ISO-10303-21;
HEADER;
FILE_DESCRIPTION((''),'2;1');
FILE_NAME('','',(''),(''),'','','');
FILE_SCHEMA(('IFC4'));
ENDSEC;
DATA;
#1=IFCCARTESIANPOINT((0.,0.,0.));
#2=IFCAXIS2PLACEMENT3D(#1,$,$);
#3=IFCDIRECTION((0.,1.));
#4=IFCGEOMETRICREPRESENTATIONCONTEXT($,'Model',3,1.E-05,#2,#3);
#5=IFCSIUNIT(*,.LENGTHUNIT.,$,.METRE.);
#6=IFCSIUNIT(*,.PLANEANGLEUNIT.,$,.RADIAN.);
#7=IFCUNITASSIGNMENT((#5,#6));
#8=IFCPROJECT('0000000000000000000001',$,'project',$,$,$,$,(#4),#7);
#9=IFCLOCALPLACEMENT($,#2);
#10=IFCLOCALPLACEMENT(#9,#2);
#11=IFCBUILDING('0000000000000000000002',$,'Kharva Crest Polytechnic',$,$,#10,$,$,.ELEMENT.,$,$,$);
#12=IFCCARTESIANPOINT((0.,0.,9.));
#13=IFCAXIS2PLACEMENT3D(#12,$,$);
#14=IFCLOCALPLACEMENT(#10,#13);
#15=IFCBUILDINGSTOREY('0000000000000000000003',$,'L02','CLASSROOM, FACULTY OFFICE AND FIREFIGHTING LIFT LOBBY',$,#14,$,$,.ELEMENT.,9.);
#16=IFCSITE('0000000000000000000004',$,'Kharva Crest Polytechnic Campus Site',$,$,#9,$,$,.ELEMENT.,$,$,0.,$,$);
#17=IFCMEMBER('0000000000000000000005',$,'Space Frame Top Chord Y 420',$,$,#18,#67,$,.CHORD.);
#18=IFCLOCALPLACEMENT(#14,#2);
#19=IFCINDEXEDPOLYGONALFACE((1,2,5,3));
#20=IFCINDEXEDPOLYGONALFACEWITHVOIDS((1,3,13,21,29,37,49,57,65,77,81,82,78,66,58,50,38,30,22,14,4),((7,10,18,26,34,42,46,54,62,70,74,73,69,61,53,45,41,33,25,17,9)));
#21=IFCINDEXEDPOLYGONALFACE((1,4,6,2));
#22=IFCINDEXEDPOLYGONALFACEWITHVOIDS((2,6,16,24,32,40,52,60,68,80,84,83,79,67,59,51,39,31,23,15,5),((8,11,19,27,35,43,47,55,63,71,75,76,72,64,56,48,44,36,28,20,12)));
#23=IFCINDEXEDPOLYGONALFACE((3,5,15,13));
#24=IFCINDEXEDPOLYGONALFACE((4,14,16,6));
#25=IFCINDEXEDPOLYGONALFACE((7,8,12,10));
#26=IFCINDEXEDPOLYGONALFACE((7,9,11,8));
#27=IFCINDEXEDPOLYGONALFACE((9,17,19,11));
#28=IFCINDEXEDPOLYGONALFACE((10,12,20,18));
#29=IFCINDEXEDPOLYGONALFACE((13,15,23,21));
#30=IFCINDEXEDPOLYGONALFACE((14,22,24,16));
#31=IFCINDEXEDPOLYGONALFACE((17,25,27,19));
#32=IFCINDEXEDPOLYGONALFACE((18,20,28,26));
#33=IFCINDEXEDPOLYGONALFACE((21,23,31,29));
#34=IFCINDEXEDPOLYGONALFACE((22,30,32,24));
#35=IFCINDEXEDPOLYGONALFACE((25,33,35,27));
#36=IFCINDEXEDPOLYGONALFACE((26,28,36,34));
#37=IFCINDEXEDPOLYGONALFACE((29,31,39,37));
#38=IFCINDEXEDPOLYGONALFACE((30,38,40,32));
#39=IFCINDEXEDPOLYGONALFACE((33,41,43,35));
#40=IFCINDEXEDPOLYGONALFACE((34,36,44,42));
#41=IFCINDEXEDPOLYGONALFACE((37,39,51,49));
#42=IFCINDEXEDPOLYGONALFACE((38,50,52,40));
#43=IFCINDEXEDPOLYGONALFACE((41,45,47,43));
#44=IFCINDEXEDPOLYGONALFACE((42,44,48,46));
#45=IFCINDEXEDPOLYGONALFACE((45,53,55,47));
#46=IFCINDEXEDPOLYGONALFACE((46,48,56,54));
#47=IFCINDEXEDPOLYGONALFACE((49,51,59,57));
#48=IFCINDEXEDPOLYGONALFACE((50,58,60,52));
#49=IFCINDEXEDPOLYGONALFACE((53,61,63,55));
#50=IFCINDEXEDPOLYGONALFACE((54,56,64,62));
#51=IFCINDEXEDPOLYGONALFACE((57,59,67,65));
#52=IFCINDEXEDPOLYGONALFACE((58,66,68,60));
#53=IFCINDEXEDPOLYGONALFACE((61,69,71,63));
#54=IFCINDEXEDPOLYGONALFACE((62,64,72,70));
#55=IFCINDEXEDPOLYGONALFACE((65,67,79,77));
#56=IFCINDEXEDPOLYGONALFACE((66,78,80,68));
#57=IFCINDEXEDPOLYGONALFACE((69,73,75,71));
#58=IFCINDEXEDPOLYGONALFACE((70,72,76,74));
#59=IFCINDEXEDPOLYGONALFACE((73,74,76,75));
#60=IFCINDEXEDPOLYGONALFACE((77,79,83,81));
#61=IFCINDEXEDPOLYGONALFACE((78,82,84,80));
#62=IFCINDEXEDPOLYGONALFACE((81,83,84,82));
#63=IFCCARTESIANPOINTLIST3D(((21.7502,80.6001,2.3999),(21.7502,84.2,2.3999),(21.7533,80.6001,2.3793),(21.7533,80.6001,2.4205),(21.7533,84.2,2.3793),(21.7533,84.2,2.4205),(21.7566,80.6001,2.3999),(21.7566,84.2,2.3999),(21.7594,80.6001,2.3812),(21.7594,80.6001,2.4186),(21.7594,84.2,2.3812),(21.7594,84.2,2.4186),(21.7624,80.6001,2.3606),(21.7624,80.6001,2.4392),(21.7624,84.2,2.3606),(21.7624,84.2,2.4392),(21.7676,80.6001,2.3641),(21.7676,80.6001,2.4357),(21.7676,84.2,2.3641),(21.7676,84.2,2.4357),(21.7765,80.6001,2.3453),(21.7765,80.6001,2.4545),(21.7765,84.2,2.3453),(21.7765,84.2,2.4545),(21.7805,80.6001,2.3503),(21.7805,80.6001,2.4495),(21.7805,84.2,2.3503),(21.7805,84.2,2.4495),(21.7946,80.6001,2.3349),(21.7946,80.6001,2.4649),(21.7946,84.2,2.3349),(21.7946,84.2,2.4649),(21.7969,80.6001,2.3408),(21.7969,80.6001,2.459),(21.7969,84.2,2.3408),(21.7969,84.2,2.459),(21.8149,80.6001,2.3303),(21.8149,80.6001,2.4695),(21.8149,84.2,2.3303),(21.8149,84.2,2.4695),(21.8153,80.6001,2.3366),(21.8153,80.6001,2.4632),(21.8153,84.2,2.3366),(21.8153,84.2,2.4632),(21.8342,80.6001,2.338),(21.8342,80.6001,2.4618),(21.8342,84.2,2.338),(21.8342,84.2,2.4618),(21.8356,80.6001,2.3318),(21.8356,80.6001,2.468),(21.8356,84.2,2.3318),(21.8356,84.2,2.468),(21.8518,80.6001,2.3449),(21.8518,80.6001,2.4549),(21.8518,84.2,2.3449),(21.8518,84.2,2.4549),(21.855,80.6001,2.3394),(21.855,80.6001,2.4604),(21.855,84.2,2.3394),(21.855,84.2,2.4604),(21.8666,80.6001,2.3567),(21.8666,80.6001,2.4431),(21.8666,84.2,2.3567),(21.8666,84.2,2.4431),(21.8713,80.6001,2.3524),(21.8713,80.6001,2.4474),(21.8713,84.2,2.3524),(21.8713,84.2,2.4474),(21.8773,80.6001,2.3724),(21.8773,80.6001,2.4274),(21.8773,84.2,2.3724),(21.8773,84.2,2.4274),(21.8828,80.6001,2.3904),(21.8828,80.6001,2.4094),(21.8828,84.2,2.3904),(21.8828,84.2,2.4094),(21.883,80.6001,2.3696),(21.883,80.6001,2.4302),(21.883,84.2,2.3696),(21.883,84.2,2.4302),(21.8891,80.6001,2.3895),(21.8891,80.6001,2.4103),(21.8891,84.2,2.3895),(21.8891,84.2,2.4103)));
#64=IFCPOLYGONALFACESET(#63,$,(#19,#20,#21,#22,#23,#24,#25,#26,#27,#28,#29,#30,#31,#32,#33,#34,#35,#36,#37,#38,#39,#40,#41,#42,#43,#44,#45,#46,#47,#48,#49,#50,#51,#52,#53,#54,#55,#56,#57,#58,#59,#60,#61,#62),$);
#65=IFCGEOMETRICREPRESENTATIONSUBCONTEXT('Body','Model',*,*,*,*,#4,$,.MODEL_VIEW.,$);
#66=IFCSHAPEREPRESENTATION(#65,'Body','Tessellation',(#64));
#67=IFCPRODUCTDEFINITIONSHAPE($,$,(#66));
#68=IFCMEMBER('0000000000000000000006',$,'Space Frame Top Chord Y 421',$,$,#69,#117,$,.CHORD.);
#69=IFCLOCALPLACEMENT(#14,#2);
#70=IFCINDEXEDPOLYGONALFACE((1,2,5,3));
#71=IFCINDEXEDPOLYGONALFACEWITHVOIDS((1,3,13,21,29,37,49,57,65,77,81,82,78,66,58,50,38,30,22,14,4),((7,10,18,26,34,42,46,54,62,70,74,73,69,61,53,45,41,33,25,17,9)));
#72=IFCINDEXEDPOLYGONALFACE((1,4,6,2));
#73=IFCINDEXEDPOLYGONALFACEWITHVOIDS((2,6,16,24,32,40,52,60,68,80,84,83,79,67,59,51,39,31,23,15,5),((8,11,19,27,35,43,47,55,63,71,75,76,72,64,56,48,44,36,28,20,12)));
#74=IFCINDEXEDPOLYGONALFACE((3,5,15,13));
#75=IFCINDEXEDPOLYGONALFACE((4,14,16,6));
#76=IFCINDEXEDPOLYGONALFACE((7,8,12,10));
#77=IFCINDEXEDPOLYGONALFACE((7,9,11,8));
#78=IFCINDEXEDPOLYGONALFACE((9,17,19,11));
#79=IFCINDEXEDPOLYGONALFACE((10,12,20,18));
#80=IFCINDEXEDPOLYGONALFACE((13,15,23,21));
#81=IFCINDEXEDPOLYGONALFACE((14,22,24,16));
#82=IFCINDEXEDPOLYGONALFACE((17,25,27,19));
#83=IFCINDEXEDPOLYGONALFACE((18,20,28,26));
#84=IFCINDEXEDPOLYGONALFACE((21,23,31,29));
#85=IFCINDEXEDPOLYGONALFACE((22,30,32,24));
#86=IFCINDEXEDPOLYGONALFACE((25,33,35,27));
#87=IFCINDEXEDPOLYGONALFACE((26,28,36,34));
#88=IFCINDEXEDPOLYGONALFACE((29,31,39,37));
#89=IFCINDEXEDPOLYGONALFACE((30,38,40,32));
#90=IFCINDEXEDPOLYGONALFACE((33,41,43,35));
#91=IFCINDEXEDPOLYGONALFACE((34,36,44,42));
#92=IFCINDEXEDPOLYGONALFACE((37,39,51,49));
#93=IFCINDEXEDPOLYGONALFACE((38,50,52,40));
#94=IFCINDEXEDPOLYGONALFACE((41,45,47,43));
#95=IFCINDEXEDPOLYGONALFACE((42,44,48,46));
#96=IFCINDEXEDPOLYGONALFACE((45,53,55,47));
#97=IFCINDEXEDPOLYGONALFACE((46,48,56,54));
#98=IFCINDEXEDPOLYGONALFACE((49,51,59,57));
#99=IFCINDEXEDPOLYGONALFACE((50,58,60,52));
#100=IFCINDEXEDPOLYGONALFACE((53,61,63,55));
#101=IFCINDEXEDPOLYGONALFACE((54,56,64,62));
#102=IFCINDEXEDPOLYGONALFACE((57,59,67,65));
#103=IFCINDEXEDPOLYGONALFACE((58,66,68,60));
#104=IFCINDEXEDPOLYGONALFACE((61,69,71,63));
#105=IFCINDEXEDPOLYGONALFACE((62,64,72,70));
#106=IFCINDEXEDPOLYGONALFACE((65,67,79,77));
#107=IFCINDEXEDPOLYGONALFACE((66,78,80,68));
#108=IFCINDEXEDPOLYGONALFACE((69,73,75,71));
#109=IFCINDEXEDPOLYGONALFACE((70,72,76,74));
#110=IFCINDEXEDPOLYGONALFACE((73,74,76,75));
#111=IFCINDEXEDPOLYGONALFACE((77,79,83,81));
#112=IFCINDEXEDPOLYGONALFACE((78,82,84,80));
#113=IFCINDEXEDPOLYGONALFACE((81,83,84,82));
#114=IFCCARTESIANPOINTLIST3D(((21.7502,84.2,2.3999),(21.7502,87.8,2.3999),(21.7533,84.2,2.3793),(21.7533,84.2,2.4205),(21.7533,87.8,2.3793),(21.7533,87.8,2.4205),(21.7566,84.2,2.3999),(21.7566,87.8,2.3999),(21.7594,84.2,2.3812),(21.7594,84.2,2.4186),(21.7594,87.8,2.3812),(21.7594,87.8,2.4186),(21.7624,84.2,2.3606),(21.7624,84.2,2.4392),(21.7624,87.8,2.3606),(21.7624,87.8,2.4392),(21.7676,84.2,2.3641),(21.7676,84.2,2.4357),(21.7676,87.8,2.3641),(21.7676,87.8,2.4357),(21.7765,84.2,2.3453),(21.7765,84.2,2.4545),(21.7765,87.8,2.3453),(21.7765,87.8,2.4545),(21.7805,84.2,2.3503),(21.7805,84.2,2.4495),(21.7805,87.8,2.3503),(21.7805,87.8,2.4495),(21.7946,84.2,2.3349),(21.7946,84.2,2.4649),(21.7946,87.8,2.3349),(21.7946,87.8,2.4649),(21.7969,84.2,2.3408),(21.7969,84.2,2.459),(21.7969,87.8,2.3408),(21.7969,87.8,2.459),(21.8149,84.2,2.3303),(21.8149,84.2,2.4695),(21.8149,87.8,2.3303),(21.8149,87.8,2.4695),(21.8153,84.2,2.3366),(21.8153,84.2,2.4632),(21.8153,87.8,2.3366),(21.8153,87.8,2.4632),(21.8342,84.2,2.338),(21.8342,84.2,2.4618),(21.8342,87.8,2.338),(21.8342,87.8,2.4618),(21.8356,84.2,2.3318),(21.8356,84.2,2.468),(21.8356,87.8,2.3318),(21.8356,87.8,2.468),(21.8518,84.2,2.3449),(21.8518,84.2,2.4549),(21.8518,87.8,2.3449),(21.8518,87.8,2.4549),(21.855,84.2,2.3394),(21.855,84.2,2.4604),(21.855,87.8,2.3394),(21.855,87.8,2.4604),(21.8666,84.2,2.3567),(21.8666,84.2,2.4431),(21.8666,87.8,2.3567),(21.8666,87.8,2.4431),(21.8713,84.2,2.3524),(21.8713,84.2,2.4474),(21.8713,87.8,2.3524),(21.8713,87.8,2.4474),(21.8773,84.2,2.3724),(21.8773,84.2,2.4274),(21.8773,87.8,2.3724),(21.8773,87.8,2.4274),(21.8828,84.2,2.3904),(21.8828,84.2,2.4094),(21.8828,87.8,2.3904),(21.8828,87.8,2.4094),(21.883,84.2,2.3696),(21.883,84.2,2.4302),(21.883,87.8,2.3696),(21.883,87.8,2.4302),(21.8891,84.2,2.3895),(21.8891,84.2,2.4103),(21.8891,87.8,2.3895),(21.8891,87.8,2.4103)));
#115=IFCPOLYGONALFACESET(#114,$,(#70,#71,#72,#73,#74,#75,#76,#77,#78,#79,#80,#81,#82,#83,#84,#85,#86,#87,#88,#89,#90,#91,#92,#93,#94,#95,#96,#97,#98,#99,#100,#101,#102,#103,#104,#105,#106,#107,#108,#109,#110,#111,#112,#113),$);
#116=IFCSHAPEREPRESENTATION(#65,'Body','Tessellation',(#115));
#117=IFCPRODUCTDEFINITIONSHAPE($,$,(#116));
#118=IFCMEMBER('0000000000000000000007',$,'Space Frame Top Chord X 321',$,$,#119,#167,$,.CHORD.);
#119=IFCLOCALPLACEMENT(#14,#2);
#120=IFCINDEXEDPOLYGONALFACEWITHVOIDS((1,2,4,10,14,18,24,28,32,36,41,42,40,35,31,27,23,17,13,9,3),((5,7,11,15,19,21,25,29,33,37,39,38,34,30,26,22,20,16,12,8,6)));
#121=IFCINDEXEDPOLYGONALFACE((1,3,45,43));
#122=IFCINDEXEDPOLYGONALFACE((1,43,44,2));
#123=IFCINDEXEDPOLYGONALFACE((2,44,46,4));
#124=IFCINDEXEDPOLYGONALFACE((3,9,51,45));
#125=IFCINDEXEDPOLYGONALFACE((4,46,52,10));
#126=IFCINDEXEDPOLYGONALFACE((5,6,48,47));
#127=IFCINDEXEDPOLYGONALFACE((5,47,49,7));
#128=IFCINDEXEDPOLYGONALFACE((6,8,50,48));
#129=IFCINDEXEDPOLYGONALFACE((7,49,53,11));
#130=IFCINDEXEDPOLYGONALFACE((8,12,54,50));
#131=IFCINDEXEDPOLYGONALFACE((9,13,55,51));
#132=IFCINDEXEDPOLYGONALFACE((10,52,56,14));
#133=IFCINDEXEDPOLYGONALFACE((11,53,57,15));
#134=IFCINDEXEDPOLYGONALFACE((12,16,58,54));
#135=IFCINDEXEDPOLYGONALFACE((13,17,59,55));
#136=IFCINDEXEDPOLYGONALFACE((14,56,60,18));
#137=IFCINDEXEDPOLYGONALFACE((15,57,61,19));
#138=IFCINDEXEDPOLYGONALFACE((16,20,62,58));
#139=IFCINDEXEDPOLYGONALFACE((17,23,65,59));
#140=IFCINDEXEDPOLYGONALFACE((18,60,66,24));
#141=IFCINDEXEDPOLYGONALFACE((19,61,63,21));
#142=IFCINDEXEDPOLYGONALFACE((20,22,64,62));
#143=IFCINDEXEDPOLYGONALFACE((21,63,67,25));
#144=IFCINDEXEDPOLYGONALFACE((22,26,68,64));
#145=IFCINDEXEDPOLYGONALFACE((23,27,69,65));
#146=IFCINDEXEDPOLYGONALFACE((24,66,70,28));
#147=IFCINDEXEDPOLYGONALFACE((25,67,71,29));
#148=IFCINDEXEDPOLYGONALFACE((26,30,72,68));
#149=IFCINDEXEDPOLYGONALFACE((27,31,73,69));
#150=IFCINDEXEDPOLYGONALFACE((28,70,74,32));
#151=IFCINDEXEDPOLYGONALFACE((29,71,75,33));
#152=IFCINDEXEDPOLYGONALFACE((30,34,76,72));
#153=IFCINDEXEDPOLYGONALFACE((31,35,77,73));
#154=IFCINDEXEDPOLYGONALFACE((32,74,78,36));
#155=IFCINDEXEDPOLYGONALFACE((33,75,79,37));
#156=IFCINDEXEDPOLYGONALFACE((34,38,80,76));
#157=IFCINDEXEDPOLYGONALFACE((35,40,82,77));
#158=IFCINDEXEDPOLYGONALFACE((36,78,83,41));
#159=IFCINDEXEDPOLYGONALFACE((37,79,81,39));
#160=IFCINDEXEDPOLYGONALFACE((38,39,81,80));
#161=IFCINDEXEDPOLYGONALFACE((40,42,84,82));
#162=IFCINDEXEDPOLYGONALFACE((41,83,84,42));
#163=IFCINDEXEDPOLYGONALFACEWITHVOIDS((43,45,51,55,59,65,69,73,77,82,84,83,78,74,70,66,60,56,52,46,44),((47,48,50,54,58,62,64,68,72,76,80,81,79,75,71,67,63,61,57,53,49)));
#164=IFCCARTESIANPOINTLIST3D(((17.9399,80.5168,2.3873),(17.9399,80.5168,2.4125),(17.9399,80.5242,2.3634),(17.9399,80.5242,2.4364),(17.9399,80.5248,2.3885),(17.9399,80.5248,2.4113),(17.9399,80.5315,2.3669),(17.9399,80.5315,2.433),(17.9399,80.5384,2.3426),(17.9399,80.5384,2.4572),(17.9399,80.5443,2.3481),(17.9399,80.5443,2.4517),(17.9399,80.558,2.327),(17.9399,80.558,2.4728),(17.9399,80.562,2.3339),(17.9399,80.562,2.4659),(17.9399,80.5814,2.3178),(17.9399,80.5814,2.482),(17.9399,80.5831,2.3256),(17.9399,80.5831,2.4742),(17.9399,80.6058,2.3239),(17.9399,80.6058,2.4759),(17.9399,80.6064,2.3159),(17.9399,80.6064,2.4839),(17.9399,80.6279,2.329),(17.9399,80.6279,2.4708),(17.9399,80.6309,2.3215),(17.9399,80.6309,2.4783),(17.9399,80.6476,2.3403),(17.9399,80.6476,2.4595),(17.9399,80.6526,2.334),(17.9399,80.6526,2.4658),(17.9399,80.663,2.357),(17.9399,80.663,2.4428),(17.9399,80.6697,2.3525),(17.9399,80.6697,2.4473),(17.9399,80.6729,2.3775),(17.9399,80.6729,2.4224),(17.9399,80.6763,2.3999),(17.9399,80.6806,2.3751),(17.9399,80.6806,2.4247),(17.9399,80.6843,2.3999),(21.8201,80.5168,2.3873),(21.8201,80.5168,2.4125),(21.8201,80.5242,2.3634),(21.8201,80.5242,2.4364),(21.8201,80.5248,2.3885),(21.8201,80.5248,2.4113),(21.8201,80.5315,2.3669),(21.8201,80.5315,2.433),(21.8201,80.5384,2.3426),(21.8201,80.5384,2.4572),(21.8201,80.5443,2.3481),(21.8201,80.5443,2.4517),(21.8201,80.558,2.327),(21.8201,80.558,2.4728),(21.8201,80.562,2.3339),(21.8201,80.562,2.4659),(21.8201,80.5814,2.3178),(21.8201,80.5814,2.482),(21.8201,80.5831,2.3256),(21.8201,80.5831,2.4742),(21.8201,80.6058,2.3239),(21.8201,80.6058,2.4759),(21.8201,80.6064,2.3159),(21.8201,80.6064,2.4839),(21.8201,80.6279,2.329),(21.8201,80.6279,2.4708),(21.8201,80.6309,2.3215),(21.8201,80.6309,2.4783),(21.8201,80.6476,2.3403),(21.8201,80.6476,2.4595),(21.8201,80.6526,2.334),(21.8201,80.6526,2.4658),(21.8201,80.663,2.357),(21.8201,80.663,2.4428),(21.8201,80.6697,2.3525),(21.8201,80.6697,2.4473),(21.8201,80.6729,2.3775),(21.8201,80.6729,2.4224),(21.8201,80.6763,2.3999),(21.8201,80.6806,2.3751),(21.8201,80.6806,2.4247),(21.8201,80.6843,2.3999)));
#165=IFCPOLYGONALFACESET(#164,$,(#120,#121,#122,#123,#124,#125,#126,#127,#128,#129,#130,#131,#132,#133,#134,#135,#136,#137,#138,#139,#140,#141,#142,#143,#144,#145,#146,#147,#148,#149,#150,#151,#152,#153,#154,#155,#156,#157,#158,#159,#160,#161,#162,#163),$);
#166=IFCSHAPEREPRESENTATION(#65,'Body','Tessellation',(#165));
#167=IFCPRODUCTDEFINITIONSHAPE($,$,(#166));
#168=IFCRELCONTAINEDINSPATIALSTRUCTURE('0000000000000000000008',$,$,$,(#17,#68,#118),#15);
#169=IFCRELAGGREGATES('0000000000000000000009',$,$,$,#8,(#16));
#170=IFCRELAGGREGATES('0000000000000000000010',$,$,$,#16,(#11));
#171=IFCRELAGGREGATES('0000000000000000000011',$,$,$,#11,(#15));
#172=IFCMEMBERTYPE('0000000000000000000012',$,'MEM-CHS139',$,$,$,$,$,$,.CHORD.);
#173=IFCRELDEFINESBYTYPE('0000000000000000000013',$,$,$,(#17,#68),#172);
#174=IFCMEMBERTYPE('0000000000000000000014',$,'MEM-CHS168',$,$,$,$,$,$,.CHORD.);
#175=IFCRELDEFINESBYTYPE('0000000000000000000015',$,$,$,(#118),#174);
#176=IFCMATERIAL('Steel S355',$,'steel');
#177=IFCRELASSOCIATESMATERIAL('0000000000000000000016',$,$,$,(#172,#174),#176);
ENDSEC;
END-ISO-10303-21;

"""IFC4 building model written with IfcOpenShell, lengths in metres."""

from ifc_helpers import new_model, si_unit, direction, frame, origin, origin_2d, place, context, subcontext, project, spatial, hollow_circle, extrude, material, material_profile, profile_set, type_object, element, save


model = new_model("IFC4")

# Units and contexts
model_context = context("Model", 3, precision=1e-05, world=origin(), true_north=direction((0.0, 1.0)))
body_context = subcontext(model_context, "Body", "Model", "MODEL_VIEW")
ifc_project = project(units=[si_unit("LENGTHUNIT", "METRE"), si_unit("PLANEANGLEUNIT", "RADIAN")], contexts=[model_context])

# Site, building, storey
site_placement = place(None, origin())
site = spatial("IfcSite", under=ifc_project, at=site_placement, Name="Kharva Crest Polytechnic Campus Site", CompositionType="ELEMENT", RefElevation=0.0)
building_placement = place(site_placement, origin())
building = spatial("IfcBuilding", under=site, at=building_placement, Name="Kharva Crest Polytechnic", CompositionType="ELEMENT")
storey_placement = place(building_placement, frame((0.0, 0.0, 9.0)))
storey = spatial("IfcBuildingStorey", under=building, at=storey_placement, Name="L02", Description="CLASSROOM, FACULTY OFFICE AND FIREFIGHTING LIFT LOBBY", CompositionType="ELEMENT", Elevation=9.0)

# Shared definitions
ifc_material_1 = material(Name="Steel S355", Category="steel")

# Members
ifc_material_profile_1 = material_profile(ifc_material_1, hollow_circle(Radius=0.0698, WallThickness=0.0063, at=origin_2d()), Name="CHS 139.7X6.3")
ifc_profile_set_1 = profile_set([ifc_material_profile_1], Name="Steel S355")
member_type_1 = type_object("IfcMemberType", Name="MEM-CHS139", PredefinedType="CHORD", material=ifc_profile_set_1)
member_1_placement = place(storey_placement, frame((21.8201, 80.6001, 2.3999), z_axis=(0.0, 1.0, 0.0), x_axis=(-1.0, 0.0, 0.0)))
element("IfcMember", 1, at=member_1_placement, inside=storey, type_object=member_type_1, Name="Space Frame Top Chord Y 420", PredefinedType="CHORD", context=body_context, shape_type="SweptSolid", body=[
    extrude(hollow_circle(Radius=0.0698, WallThickness=0.0063, at=origin_2d()), origin(), (0.0, 0.0, 1.0), 3.5999),
])
member_2_placement = place(storey_placement, frame((21.8201, 84.2, 2.3999), z_axis=(0.0, 1.0, 0.0), x_axis=(-1.0, 0.0, 0.0)))
element("IfcMember", 2, at=member_2_placement, inside=storey, type_object=member_type_1, Name="Space Frame Top Chord Y 421", PredefinedType="CHORD", context=body_context, shape_type="SweptSolid", body=[
    extrude(hollow_circle(Radius=0.0698, WallThickness=0.0063, at=origin_2d()), origin(), (0.0, 0.0, 1.0), 3.6001),
])
ifc_material_profile_2 = material_profile(ifc_material_1, hollow_circle(Radius=0.0842, WallThickness=0.0081, at=origin_2d()), Name="CHS 168.3X8.0")
ifc_profile_set_2 = profile_set([ifc_material_profile_2], Name="Steel S355")
member_type_2 = type_object("IfcMemberType", Name="MEM-CHS168", PredefinedType="CHORD", material=ifc_profile_set_2)
member_3_placement = place(storey_placement, frame((17.9399, 80.6001, 2.3999), z_axis=(1.0, 0.0, 0.0), x_axis=(0.0, 1.0, 0.0)))
element("IfcMember", 3, at=member_3_placement, inside=storey, type_object=member_type_2, Name="Space Frame Top Chord X 321", PredefinedType="CHORD", context=body_context, shape_type="SweptSolid", body=[
    extrude(hollow_circle(Radius=0.0842, WallThickness=0.0081, at=origin_2d()), origin(), (0.0, 0.0, 1.0), 3.8801),
])

save(model, "model.ifc")
